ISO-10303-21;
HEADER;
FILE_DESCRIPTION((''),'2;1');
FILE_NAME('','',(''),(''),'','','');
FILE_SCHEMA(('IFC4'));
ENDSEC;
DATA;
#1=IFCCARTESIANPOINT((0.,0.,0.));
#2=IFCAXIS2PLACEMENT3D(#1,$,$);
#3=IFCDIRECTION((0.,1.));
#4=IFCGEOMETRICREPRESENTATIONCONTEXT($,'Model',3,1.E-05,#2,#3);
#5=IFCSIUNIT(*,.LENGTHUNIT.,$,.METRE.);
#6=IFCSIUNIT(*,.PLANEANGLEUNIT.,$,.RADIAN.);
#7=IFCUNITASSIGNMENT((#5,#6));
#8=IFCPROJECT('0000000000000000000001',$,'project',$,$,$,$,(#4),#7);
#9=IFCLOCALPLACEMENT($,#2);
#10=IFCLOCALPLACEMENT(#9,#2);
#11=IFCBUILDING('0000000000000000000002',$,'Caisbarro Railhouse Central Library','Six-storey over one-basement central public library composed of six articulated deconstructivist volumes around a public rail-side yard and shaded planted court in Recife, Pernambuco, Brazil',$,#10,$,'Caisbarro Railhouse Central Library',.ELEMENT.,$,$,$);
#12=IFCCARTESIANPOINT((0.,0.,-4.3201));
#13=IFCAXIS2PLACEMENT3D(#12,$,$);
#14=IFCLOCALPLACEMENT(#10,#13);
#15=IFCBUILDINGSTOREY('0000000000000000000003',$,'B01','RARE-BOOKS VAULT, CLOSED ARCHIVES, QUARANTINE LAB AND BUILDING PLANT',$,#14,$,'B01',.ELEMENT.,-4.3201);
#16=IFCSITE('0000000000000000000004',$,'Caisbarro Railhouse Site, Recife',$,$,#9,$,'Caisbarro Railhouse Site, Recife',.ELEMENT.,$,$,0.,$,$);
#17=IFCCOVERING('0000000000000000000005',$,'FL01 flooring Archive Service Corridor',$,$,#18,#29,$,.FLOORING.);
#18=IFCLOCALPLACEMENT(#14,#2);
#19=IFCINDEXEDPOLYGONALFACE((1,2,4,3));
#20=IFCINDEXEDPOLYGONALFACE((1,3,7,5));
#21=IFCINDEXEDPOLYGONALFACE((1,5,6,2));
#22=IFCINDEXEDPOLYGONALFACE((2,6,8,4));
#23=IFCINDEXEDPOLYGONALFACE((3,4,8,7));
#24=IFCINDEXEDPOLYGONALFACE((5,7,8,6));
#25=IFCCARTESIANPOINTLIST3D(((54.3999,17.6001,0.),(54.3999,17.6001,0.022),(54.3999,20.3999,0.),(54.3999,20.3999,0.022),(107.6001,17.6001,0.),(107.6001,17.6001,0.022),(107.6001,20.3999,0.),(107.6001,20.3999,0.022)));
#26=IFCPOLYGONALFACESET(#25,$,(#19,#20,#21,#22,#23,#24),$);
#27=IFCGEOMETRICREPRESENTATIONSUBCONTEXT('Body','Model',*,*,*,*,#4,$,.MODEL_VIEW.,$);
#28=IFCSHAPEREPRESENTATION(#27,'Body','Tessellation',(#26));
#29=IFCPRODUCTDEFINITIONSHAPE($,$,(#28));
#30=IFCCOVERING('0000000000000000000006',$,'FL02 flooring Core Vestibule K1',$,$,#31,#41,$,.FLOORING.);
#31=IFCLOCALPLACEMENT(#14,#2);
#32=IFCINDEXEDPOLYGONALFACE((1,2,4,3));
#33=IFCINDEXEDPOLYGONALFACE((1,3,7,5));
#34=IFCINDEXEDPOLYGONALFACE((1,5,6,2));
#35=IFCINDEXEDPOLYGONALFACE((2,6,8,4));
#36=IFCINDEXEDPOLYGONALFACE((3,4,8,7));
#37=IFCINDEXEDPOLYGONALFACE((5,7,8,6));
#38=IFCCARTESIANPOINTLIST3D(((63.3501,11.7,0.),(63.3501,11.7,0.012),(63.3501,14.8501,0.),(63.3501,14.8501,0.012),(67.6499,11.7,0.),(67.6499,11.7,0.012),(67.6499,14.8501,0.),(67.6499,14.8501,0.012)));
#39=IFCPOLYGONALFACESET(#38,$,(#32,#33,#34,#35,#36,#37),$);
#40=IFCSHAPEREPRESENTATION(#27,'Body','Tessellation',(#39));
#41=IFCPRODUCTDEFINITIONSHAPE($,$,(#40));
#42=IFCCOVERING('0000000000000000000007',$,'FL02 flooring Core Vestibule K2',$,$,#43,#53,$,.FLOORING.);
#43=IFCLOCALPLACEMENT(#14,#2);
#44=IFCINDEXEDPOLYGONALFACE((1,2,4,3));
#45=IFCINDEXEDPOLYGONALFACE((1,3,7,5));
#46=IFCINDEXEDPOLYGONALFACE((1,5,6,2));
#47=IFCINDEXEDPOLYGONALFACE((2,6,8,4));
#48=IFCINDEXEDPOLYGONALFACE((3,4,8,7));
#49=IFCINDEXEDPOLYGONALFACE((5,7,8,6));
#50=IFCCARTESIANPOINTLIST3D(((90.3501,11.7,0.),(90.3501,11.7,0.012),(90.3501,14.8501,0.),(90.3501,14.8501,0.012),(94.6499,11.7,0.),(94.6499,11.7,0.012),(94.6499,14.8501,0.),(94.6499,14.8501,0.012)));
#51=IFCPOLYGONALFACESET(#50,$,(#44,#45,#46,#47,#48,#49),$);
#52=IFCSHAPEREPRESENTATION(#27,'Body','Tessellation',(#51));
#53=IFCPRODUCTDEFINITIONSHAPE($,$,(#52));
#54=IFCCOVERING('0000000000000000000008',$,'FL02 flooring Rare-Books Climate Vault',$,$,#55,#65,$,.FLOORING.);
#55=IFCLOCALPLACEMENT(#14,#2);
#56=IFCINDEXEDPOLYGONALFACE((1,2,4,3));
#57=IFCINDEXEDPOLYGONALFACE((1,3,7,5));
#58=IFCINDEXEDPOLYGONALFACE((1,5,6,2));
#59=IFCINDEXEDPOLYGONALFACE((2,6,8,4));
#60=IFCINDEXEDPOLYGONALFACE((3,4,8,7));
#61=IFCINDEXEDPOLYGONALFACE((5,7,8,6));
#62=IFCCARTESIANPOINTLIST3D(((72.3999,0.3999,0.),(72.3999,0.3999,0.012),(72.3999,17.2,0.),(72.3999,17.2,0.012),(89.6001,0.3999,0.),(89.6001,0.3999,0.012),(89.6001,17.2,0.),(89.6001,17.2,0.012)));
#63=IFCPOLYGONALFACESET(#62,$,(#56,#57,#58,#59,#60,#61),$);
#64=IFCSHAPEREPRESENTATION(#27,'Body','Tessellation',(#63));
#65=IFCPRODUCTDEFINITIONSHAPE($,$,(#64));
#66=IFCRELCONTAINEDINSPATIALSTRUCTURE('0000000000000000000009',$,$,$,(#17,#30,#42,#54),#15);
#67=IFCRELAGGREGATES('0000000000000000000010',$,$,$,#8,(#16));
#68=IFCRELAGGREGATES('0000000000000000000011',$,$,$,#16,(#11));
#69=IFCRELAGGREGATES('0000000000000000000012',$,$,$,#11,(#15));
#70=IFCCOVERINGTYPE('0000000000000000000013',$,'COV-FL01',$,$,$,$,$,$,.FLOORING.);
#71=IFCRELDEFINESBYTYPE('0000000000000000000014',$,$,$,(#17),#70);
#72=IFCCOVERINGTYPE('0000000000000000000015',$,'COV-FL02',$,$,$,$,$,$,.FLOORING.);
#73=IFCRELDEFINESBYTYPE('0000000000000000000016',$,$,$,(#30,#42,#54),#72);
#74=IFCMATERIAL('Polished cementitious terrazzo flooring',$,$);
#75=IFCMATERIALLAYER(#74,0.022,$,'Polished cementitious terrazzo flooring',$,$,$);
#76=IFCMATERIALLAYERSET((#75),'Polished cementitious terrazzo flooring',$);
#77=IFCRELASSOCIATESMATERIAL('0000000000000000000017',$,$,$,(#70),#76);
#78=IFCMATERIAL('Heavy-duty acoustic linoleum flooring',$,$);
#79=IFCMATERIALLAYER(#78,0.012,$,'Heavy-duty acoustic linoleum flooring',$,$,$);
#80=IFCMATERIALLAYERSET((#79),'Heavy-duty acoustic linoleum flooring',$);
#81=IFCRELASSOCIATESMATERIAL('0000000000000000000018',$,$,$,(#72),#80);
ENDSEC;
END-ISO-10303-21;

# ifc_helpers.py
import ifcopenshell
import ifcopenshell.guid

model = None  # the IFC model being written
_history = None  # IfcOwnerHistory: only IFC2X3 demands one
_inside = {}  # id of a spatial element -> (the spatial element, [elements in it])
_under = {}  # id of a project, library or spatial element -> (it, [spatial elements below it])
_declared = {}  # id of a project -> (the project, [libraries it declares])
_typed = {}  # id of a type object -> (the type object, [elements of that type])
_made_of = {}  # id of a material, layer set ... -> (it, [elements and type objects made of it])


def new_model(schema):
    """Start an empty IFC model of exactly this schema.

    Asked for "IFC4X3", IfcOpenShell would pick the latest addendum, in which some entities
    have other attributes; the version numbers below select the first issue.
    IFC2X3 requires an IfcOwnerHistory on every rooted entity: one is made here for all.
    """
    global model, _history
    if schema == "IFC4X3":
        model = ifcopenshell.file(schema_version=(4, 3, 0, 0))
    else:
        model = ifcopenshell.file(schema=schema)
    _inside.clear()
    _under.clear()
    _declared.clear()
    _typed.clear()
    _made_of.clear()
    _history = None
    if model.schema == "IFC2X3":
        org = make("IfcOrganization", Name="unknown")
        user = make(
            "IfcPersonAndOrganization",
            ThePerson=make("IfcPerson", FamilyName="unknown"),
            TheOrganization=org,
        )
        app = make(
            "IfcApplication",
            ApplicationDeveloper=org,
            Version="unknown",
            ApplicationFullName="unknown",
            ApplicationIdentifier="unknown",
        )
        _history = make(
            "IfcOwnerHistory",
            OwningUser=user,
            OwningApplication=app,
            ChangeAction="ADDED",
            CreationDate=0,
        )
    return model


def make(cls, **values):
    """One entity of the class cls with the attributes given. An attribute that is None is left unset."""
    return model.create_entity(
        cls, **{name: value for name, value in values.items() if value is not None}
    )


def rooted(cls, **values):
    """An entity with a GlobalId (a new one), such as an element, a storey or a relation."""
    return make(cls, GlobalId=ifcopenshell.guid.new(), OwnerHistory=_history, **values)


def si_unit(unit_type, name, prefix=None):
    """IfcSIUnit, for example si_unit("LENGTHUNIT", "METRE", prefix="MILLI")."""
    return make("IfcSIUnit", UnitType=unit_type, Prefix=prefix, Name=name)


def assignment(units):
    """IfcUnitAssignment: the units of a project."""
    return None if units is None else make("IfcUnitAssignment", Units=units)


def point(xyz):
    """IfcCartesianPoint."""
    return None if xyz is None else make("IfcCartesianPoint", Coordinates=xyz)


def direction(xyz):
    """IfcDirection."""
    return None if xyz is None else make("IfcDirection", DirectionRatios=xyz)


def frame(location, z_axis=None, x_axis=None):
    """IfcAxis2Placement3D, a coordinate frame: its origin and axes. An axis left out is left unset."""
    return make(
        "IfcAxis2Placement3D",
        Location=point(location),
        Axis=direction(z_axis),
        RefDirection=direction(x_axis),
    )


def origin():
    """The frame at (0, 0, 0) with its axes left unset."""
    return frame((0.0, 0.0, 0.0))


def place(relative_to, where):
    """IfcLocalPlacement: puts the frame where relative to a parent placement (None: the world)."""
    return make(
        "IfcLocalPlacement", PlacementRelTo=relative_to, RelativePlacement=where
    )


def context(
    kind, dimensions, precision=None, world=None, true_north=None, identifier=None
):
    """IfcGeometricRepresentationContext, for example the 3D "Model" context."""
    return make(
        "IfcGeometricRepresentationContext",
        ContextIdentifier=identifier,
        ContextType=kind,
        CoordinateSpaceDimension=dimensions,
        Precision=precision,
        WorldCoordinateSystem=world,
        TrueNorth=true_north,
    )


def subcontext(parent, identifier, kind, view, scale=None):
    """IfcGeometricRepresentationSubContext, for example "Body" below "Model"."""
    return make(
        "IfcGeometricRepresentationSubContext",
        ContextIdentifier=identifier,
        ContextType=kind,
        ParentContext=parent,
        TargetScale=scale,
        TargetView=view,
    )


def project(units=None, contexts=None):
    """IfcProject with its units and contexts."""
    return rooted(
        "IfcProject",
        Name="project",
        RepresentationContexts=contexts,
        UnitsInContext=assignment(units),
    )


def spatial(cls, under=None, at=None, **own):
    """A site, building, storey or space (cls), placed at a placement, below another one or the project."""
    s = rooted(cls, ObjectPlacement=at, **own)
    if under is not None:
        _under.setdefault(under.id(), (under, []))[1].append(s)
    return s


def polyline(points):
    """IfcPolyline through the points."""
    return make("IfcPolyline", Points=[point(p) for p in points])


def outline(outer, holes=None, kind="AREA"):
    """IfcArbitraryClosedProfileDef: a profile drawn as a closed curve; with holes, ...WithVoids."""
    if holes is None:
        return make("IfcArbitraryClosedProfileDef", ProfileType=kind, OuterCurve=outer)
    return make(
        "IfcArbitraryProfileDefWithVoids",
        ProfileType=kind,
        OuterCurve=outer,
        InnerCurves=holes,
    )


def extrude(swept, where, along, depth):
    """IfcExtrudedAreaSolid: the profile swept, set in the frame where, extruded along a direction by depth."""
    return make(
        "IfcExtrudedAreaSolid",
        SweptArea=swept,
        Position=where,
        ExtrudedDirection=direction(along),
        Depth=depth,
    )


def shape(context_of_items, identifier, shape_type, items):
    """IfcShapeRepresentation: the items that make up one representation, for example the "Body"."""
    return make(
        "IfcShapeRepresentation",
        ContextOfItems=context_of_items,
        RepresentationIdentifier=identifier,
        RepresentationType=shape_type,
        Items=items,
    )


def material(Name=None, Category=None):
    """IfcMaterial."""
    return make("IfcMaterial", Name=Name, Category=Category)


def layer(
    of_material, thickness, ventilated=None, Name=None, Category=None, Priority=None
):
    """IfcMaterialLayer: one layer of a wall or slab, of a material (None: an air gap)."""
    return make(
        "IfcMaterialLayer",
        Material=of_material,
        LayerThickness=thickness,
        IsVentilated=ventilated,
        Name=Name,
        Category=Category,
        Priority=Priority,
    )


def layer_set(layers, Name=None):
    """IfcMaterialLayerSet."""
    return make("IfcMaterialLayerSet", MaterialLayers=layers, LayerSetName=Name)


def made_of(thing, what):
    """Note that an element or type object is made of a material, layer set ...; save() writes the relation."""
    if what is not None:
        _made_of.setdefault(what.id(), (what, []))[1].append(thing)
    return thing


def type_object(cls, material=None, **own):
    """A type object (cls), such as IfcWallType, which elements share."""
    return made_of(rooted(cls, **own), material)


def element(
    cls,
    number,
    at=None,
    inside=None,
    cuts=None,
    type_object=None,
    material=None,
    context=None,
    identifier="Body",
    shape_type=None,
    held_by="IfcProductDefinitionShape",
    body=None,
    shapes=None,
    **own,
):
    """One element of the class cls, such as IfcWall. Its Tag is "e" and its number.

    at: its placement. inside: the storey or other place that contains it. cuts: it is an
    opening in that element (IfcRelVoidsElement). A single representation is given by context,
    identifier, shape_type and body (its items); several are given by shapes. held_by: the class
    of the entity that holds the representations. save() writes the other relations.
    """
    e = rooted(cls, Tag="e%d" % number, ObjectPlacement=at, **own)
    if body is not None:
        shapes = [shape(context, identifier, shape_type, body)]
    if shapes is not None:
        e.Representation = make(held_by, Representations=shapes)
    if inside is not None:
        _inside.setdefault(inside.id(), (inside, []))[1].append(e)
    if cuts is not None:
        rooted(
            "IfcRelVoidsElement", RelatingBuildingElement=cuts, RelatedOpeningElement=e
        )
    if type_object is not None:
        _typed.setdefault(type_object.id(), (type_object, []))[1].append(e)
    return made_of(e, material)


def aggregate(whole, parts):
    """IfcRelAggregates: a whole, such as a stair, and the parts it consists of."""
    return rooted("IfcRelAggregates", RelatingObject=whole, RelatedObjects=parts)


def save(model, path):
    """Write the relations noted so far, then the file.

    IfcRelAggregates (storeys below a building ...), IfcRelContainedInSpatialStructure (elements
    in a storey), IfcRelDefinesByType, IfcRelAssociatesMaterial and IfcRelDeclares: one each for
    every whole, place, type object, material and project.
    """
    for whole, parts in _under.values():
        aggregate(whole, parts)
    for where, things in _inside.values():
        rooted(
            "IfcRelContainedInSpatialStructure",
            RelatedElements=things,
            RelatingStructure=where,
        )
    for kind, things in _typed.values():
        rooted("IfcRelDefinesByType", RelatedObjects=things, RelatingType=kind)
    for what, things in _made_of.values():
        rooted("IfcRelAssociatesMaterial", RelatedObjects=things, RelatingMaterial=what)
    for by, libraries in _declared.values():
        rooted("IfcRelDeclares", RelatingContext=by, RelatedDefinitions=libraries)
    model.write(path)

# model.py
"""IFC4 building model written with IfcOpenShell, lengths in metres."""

from ifc_helpers import new_model, si_unit, direction, frame, origin, place, context, subcontext, project, spatial, polyline, outline, extrude, material, layer, layer_set, type_object, element, save


model = new_model("IFC4")

# Units and contexts
model_context = context("Model", 3, precision=1e-05, world=origin(), true_north=direction((0.0, 1.0)))
body_context = subcontext(model_context, "Body", "Model", "MODEL_VIEW")
ifc_project = project(units=[si_unit("LENGTHUNIT", "METRE"), si_unit("PLANEANGLEUNIT", "RADIAN")], contexts=[model_context])

# Site, building, storey
site_placement = place(None, origin())
site = spatial("IfcSite", under=ifc_project, at=site_placement, Name="Caisbarro Railhouse Site, Recife", LongName="Caisbarro Railhouse Site, Recife", CompositionType="ELEMENT", RefElevation=0.0)
building_placement = place(site_placement, origin())
building = spatial("IfcBuilding", under=site, at=building_placement, Name="Caisbarro Railhouse Central Library", Description="Six-storey over one-basement central public library composed of six articulated deconstructivist volumes around a public rail-side yard and shaded planted court in Recife, Pernambuco, Brazil", LongName="Caisbarro Railhouse Central Library", CompositionType="ELEMENT")
storey_placement = place(building_placement, frame((0.0, 0.0, -4.3201)))
storey = spatial("IfcBuildingStorey", under=building, at=storey_placement, Name="B01", Description="RARE-BOOKS VAULT, CLOSED ARCHIVES, QUARANTINE LAB AND BUILDING PLANT", LongName="B01", CompositionType="ELEMENT", Elevation=-4.3201)

# Coverings
ifc_material_1 = material(Name="Polished cementitious terrazzo flooring")
ifc_layer_1 = layer(ifc_material_1, 0.022, Name="Polished cementitious terrazzo flooring")
ifc_layer_set_1 = layer_set([ifc_layer_1], Name="Polished cementitious terrazzo flooring")
covering_type_1 = type_object("IfcCoveringType", Name="COV-FL01", PredefinedType="FLOORING", material=ifc_layer_set_1)
covering_1_placement = place(storey_placement, origin())
element("IfcCovering", 1, at=covering_1_placement, inside=storey, type_object=covering_type_1, Name="FL01 flooring Archive Service Corridor", PredefinedType="FLOORING", context=body_context, shape_type="SweptSolid", body=[
    extrude(outline(polyline([(54.3999, 17.6001), (107.6001, 17.6001), (107.6001, 20.3999), (54.3999, 20.3999), (54.3999, 17.6001)])), origin(), (0.0, 0.0, 1.0), 0.022),
])
ifc_material_2 = material(Name="Heavy-duty acoustic linoleum flooring")
ifc_layer_2 = layer(ifc_material_2, 0.012, Name="Heavy-duty acoustic linoleum flooring")
ifc_layer_set_2 = layer_set([ifc_layer_2], Name="Heavy-duty acoustic linoleum flooring")
covering_type_2 = type_object("IfcCoveringType", Name="COV-FL02", PredefinedType="FLOORING", material=ifc_layer_set_2)
covering_2_placement = place(storey_placement, origin())
element("IfcCovering", 2, at=covering_2_placement, inside=storey, type_object=covering_type_2, Name="FL02 flooring Core Vestibule K1", PredefinedType="FLOORING", context=body_context, shape_type="SweptSolid", body=[
    extrude(outline(polyline([(63.3501, 11.7), (67.6499, 11.7), (67.6499, 14.8501), (63.3501, 14.8501), (63.3501, 11.7)])), origin(), (0.0, 0.0, 1.0), 0.012),
])
covering_3_placement = place(storey_placement, origin())
element("IfcCovering", 3, at=covering_3_placement, inside=storey, type_object=covering_type_2, Name="FL02 flooring Core Vestibule K2", PredefinedType="FLOORING", context=body_context, shape_type="SweptSolid", body=[
    extrude(outline(polyline([(90.3501, 11.7), (94.6499, 11.7), (94.6499, 14.8501), (90.3501, 14.8501), (90.3501, 11.7)])), origin(), (0.0, 0.0, 1.0), 0.012),
])
covering_4_placement = place(storey_placement, origin())
element("IfcCovering", 4, at=covering_4_placement, inside=storey, type_object=covering_type_2, Name="FL02 flooring Rare-Books Climate Vault", PredefinedType="FLOORING", context=body_context, shape_type="SweptSolid", body=[
    extrude(outline(polyline([(72.3999, 0.3999), (89.6001, 0.3999), (89.6001, 17.2), (72.3999, 17.2), (72.3999, 0.3999)])), origin(), (0.0, 0.0, 1.0), 0.012),
])

save(model, "model.ifc")
